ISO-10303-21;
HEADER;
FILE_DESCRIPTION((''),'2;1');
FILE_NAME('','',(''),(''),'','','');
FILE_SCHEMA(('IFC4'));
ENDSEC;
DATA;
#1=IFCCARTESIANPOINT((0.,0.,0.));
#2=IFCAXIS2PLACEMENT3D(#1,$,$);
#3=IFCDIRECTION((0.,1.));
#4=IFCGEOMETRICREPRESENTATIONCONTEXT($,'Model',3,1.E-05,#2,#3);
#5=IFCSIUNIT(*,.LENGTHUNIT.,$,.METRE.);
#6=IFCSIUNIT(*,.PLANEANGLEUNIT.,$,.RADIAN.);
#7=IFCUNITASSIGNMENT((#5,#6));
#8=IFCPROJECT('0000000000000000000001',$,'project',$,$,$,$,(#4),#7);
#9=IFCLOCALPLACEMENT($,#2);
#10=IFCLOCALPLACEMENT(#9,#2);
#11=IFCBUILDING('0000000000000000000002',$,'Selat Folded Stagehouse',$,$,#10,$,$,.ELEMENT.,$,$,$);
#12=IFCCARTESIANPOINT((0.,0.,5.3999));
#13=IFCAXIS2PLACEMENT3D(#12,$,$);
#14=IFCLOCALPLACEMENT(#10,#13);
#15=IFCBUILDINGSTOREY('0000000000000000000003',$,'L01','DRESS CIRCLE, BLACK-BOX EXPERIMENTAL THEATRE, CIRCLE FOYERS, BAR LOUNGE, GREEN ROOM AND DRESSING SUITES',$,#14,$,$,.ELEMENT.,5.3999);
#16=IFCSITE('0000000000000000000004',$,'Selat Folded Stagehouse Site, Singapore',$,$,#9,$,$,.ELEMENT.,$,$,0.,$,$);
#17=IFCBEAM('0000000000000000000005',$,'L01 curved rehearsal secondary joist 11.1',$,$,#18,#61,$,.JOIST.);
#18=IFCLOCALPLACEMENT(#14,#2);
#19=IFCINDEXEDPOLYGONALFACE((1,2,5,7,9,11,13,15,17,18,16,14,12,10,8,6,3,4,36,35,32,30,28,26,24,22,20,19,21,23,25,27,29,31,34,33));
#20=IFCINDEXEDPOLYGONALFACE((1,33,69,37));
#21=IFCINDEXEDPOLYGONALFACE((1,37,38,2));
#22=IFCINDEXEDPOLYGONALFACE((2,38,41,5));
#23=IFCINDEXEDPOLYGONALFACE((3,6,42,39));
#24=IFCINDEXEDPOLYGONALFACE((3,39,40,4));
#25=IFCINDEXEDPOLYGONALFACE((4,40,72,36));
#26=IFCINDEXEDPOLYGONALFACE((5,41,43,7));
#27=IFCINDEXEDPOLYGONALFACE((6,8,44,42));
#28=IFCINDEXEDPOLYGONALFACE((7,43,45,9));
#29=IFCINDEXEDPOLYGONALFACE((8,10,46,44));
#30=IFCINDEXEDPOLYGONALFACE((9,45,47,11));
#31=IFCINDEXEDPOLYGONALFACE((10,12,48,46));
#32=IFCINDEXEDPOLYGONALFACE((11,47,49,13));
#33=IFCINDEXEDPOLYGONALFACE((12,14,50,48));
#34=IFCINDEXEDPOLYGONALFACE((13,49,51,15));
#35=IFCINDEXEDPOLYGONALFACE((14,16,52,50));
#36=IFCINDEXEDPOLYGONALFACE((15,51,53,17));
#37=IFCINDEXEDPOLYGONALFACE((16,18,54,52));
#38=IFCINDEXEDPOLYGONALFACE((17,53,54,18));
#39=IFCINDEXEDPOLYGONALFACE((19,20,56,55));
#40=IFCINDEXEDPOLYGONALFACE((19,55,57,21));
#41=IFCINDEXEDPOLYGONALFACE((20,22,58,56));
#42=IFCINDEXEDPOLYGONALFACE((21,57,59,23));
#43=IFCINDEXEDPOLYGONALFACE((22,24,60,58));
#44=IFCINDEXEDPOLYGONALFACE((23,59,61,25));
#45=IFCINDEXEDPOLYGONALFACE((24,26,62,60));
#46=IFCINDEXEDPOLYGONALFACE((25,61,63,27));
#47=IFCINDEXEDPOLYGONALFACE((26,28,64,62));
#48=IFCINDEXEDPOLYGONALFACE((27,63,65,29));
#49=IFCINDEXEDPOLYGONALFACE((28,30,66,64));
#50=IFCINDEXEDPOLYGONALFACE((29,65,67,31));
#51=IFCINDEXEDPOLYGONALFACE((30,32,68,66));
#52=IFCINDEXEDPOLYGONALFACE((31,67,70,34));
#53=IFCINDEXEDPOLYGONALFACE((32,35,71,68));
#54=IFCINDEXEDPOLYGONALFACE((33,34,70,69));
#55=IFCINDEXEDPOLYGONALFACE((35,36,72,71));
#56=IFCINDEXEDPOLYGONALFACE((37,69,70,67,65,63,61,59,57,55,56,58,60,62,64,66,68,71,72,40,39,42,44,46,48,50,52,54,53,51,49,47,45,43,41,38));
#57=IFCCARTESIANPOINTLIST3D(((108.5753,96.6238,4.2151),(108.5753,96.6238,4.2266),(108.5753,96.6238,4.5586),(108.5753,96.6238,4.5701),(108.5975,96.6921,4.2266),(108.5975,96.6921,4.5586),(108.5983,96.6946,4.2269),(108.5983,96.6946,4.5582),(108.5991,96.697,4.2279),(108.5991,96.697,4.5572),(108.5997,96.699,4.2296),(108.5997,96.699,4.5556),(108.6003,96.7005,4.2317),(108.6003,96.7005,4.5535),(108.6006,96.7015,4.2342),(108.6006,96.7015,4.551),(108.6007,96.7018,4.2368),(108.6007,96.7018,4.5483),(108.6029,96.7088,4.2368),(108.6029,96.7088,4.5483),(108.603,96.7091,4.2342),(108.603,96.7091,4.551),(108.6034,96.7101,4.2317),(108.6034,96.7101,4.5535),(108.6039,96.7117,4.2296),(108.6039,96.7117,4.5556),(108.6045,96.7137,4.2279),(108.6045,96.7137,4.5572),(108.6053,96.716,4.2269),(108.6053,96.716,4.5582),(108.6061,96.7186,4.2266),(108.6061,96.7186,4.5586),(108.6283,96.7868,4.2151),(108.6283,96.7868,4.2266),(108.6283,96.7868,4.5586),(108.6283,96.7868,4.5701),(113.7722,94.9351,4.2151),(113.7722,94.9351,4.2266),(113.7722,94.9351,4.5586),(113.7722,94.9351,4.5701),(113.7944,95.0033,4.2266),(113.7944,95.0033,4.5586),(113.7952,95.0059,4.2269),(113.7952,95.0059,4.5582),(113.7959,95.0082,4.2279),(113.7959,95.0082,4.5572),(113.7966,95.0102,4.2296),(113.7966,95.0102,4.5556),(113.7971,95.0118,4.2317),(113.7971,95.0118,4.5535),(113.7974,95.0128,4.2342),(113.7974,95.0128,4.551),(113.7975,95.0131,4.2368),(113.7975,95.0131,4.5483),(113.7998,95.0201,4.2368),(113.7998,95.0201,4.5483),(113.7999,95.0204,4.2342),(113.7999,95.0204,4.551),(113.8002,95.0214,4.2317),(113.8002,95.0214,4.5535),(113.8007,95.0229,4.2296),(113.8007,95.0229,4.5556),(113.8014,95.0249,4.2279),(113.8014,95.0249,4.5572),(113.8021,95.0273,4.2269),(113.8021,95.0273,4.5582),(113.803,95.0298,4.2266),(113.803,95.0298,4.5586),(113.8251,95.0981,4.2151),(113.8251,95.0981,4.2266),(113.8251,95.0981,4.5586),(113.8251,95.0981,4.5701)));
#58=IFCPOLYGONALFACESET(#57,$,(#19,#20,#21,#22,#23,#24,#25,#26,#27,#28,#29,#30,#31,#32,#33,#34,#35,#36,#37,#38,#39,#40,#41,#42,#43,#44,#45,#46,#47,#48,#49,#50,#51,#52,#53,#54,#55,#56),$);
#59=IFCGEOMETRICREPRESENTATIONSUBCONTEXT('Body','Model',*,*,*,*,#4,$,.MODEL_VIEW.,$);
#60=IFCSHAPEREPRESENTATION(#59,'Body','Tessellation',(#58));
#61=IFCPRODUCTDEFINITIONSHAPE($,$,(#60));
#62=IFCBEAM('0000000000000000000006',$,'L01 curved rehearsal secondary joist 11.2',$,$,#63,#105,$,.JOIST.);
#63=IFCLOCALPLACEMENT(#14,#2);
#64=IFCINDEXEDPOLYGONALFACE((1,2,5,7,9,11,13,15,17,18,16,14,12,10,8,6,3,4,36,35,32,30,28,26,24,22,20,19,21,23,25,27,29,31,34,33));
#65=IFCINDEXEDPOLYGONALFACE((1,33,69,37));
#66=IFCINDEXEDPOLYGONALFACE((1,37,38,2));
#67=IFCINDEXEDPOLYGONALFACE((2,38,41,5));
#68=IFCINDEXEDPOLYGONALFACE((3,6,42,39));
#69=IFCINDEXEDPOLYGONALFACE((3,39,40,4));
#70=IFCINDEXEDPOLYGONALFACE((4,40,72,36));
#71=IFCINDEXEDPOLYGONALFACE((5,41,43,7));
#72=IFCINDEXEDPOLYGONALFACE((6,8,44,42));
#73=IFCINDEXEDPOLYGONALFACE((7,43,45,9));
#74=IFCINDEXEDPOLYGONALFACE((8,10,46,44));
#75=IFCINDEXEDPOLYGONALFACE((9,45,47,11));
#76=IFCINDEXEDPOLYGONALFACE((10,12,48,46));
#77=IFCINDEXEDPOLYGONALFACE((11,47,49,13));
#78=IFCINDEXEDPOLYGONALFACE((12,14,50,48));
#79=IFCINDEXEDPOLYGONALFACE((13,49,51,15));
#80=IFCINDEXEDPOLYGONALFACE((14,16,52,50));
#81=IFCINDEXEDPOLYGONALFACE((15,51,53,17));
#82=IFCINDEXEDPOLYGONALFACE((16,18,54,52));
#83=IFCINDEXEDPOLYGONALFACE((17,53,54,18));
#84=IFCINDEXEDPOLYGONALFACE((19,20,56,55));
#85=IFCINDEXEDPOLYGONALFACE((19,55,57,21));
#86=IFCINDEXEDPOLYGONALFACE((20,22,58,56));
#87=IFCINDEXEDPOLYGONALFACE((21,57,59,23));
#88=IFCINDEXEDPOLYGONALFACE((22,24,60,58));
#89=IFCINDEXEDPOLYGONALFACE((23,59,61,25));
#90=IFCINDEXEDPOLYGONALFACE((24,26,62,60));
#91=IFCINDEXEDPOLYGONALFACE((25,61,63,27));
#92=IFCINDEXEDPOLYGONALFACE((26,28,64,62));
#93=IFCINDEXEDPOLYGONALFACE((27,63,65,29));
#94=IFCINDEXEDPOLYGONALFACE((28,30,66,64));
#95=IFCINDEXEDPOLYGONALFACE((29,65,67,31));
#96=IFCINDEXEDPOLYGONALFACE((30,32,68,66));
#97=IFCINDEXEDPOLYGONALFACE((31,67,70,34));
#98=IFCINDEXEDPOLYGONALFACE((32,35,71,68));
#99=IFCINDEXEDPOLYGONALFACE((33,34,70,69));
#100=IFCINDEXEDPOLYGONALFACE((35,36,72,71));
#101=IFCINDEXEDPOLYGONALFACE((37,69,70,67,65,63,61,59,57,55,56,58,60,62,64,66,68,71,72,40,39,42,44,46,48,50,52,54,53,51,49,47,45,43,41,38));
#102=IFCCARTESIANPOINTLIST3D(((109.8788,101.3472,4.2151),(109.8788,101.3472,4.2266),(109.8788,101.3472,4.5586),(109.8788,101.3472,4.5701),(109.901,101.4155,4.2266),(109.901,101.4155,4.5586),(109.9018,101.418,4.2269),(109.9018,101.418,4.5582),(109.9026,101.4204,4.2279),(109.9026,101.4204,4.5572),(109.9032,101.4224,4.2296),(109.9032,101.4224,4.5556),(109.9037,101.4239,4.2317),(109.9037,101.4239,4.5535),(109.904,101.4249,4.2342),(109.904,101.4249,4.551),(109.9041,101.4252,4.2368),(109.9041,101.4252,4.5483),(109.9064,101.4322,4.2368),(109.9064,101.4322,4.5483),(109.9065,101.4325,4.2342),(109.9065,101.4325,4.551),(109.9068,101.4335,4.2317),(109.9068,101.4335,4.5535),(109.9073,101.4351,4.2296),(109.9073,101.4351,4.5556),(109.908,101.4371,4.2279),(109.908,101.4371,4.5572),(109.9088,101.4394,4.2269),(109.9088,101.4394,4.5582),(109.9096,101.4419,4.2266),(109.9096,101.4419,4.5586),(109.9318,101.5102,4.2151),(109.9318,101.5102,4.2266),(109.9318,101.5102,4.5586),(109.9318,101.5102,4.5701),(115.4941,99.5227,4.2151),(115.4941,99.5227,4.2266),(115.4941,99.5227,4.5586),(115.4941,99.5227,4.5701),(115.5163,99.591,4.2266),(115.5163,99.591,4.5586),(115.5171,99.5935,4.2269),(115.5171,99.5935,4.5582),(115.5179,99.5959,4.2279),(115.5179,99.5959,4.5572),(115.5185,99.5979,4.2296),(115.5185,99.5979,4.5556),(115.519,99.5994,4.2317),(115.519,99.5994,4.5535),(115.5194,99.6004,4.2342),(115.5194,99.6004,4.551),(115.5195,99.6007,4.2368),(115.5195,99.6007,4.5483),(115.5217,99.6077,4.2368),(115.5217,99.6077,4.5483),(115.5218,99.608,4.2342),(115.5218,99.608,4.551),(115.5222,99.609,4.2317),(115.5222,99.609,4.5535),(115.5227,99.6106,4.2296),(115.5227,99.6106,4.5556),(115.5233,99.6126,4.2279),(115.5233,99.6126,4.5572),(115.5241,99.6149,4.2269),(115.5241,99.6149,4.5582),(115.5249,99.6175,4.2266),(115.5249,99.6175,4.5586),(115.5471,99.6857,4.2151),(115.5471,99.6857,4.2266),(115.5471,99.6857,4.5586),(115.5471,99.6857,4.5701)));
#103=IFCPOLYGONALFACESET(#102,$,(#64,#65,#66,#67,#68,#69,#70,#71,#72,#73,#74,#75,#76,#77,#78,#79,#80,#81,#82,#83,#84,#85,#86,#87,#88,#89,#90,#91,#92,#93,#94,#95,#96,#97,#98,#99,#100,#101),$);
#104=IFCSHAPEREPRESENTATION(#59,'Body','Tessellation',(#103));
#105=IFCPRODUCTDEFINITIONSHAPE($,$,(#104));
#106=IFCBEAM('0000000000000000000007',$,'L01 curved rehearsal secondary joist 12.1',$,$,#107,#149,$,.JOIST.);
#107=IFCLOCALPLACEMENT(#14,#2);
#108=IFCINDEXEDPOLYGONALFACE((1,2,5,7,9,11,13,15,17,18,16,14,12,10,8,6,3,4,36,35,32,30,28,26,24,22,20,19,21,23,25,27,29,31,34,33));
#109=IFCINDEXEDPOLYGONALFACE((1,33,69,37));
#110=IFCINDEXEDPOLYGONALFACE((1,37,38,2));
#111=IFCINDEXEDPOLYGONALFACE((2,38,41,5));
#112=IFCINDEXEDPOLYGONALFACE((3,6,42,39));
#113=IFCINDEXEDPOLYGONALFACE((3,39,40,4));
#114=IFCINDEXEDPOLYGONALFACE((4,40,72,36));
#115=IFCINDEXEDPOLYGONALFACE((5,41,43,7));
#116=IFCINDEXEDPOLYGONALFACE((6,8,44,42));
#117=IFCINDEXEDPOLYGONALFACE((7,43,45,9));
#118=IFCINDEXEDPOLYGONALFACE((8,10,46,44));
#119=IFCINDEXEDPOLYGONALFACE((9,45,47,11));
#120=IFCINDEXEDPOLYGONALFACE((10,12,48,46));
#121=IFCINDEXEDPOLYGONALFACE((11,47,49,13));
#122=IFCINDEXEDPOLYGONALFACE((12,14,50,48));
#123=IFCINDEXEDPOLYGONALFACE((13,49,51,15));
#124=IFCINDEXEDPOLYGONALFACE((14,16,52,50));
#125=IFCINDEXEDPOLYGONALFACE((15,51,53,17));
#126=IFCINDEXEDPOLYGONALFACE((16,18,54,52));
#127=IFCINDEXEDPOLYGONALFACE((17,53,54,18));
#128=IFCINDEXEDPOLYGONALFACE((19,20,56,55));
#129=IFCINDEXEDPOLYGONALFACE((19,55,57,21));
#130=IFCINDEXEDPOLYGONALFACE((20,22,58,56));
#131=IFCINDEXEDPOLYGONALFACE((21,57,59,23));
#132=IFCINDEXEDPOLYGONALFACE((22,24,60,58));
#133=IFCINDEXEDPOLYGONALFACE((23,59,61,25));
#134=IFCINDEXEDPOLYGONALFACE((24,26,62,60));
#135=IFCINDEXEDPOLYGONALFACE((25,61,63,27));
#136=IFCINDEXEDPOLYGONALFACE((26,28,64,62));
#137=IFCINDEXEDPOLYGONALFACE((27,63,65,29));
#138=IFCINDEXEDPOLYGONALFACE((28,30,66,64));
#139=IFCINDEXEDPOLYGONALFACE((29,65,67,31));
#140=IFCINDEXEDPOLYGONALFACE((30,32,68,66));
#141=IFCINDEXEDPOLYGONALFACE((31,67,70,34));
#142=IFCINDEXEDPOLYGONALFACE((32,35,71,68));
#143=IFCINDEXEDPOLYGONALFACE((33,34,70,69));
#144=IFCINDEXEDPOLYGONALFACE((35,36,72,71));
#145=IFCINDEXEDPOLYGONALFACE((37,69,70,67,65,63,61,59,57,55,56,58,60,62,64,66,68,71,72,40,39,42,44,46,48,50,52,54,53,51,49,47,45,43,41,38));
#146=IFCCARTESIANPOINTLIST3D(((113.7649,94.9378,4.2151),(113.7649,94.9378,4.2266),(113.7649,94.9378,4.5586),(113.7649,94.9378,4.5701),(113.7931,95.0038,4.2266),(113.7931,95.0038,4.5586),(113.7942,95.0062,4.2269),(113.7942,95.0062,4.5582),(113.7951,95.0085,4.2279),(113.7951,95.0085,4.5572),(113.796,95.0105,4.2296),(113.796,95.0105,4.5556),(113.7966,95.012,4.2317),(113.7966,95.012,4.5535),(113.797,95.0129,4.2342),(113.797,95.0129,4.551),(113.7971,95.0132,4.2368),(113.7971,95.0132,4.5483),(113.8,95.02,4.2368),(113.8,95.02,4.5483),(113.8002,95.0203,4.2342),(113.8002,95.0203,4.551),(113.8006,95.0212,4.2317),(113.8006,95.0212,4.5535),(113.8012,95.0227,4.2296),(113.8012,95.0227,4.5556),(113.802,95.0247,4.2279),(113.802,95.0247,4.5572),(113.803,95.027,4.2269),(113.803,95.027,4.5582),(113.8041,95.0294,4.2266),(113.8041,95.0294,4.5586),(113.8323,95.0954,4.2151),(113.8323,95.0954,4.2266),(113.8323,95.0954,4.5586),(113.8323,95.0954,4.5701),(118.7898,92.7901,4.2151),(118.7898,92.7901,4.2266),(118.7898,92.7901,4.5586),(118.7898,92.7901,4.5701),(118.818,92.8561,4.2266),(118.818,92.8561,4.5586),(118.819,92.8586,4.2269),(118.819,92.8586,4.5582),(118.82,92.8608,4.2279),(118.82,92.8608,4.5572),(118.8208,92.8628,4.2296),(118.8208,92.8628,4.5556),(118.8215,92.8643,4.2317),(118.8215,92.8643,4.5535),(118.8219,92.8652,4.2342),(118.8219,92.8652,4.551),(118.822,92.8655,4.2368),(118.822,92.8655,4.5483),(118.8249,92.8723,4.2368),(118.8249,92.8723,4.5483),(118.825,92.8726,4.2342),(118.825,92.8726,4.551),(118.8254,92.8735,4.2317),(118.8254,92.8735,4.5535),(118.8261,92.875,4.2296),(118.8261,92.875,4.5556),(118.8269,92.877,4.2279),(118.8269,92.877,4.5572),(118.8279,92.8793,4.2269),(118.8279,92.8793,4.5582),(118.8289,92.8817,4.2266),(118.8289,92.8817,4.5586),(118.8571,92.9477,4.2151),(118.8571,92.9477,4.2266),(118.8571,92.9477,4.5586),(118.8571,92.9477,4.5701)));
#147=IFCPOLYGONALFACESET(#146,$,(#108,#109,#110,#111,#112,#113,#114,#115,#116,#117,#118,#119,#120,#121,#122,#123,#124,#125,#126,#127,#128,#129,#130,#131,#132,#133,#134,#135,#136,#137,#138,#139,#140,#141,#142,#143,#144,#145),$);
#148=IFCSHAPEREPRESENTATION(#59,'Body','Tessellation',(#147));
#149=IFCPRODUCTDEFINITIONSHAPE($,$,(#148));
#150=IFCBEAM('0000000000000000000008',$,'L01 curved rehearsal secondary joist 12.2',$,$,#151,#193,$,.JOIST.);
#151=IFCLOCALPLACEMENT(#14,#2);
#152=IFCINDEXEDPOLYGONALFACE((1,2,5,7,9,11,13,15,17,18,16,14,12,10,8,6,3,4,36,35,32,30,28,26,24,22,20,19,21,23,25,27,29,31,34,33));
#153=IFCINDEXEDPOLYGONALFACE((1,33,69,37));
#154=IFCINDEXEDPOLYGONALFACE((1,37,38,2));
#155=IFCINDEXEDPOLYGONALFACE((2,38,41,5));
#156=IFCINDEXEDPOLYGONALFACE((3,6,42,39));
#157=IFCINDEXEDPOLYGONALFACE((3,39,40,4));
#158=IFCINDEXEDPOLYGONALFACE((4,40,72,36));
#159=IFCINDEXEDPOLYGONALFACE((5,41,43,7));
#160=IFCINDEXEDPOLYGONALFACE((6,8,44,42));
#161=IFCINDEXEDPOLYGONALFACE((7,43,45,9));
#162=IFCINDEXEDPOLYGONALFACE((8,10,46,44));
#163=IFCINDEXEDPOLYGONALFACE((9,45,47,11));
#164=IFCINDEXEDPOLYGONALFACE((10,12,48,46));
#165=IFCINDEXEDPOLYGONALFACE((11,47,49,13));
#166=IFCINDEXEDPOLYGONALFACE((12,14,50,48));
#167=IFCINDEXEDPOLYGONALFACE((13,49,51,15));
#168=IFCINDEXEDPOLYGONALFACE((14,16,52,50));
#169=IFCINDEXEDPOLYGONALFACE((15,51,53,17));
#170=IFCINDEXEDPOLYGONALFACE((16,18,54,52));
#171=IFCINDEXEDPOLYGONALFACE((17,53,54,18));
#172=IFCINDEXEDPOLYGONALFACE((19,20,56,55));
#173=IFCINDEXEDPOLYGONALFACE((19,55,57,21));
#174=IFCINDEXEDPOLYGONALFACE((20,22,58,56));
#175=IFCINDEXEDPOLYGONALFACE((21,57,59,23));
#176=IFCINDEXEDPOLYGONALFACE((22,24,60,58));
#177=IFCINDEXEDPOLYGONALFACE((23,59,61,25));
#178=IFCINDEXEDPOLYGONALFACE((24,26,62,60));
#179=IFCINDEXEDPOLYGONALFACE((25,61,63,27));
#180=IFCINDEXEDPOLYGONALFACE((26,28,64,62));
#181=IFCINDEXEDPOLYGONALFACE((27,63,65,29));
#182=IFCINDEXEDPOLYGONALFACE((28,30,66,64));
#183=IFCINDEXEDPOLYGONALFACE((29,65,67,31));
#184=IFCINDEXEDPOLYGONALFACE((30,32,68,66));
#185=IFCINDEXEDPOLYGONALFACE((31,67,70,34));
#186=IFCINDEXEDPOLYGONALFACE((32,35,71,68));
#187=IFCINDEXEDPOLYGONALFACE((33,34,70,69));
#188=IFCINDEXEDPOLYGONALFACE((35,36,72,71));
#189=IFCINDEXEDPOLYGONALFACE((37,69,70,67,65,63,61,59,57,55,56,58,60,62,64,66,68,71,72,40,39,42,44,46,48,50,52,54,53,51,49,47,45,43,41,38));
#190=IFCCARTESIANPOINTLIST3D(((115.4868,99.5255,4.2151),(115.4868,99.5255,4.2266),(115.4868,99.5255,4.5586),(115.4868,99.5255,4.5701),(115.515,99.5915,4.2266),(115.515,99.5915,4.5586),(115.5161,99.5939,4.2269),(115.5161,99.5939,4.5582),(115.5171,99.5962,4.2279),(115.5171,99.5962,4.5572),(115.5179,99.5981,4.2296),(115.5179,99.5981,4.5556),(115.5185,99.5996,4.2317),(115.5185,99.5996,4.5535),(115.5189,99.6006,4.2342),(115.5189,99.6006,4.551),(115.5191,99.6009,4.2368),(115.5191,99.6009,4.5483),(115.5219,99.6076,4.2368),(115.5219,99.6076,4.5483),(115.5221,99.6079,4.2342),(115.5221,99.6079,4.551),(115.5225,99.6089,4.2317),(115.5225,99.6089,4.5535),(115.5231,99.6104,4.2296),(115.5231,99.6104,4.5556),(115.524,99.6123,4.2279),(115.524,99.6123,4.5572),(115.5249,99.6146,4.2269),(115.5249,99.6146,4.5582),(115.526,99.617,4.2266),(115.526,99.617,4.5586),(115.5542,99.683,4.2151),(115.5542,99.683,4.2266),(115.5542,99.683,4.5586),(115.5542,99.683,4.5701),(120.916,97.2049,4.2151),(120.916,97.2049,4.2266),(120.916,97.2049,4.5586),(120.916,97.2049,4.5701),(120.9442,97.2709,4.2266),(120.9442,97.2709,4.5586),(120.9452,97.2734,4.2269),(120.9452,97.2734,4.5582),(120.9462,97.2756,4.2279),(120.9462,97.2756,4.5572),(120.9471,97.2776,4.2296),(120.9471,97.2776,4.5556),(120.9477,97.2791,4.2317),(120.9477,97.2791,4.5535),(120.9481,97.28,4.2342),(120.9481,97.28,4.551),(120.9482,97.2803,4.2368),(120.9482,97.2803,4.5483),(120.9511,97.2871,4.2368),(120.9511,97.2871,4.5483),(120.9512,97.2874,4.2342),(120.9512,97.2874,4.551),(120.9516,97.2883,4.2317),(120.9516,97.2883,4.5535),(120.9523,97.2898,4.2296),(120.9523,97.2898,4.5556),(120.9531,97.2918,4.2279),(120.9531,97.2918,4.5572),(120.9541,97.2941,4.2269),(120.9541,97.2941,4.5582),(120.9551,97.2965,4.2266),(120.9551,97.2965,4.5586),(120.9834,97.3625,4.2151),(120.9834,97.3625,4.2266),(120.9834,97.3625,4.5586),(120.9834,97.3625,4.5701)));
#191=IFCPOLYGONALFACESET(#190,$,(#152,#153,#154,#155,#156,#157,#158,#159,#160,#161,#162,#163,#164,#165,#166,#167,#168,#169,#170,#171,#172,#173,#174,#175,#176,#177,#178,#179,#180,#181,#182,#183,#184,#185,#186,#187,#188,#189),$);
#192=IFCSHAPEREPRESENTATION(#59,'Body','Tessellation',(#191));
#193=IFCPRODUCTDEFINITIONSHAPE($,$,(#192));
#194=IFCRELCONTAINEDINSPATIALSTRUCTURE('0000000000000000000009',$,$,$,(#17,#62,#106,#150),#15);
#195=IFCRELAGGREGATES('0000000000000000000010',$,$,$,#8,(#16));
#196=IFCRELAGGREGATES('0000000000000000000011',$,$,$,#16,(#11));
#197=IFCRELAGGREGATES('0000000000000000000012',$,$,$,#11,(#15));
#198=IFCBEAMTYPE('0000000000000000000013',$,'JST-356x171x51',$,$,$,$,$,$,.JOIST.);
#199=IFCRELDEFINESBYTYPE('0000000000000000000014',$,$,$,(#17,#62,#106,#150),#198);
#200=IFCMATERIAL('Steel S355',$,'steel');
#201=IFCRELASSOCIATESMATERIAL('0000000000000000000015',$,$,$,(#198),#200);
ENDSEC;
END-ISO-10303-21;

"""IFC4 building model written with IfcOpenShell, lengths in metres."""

from ifc_helpers import new_model, si_unit, direction, frame, origin, origin_2d, place, context, subcontext, project, spatial, i_section, extrude, material, material_profile, profile_set, type_object, element, save


model = new_model("IFC4")

# Units and contexts
model_context = context("Model", 3, precision=1e-05, world=origin(), true_north=direction((0.0, 1.0)))
body_context = subcontext(model_context, "Body", "Model", "MODEL_VIEW")
ifc_project = project(units=[si_unit("LENGTHUNIT", "METRE"), si_unit("PLANEANGLEUNIT", "RADIAN")], contexts=[model_context])

# Site, building, storey
site_placement = place(None, origin())
site = spatial("IfcSite", under=ifc_project, at=site_placement, Name="Selat Folded Stagehouse Site, Singapore", CompositionType="ELEMENT", RefElevation=0.0)
building_placement = place(site_placement, origin())
building = spatial("IfcBuilding", under=site, at=building_placement, Name="Selat Folded Stagehouse", CompositionType="ELEMENT")
storey_placement = place(building_placement, frame((0.0, 0.0, 5.3999)))
storey = spatial("IfcBuildingStorey", under=building, at=storey_placement, Name="L01", Description="DRESS CIRCLE, BLACK-BOX EXPERIMENTAL THEATRE, CIRCLE FOYERS, BAR LOUNGE, GREEN ROOM AND DRESSING SUITES", CompositionType="ELEMENT", Elevation=5.3999)

# Shared definitions
ifc_material_1 = material(Name="Steel S355", Category="steel")

# Beams
ifc_material_profile_1 = material_profile(ifc_material_1, i_section(OverallWidth=0.1714, OverallDepth=0.355, WebThickness=0.0073, FlangeThickness=0.0115, FilletRadius=0.0103, at=origin_2d()), Name="UKB 356x171x51")
ifc_profile_set_1 = profile_set([ifc_material_profile_1], Name="Steel S355")
beam_type_1 = type_object("IfcBeamType", Name="JST-356x171x51", PredefinedType="JOIST", material=ifc_profile_set_1)
beam_1_placement = place(storey_placement, frame((108.6018, 96.7053, 4.3926), z_axis=(0.951047, -0.309048, 0.0), x_axis=(0.309048, 0.951047, 0.0)))
element("IfcBeam", 1, at=beam_1_placement, inside=storey, type_object=beam_type_1, Name="L01 curved rehearsal secondary joist 11.1", PredefinedType="JOIST", context=body_context, shape_type="SweptSolid", body=[
    extrude(i_section(OverallWidth=0.1714, OverallDepth=0.355, WebThickness=0.0073, FlangeThickness=0.0115, FilletRadius=0.0103, at=origin_2d()), origin(), (0.0, 0.0, 1.0), 5.4644),
])
beam_2_placement = place(storey_placement, frame((109.9053, 101.4287, 4.3926), z_axis=(0.951058, -0.309011, 0.0), x_axis=(0.309011, 0.951058, 0.0)))
element("IfcBeam", 2, at=beam_2_placement, inside=storey, type_object=beam_type_1, Name="L01 curved rehearsal secondary joist 11.2", PredefinedType="JOIST", context=body_context, shape_type="SweptSolid", body=[
    extrude(i_section(OverallWidth=0.1714, OverallDepth=0.355, WebThickness=0.0073, FlangeThickness=0.0115, FilletRadius=0.0103, at=origin_2d()), origin(), (0.0, 0.0, 1.0), 5.9043),
])
beam_3_placement = place(storey_placement, frame((113.7986, 95.0166, 4.3926), z_axis=(0.919531, -0.393019, 0.0), x_axis=(0.393019, 0.919531, 0.0)))
element("IfcBeam", 3, at=beam_3_placement, inside=storey, type_object=beam_type_1, Name="L01 curved rehearsal secondary joist 12.1", PredefinedType="JOIST", context=body_context, shape_type="SweptSolid", body=[
    extrude(i_section(OverallWidth=0.1714, OverallDepth=0.355, WebThickness=0.0073, FlangeThickness=0.0115, FilletRadius=0.0103, at=origin_2d()), origin(), (0.0, 0.0, 1.0), 5.4646),
])
beam_4_placement = place(storey_placement, frame((115.5205, 99.6042, 4.3926), z_axis=(0.919527, -0.393026, 0.0), x_axis=(0.393026, 0.919527, 0.0)))
element("IfcBeam", 4, at=beam_4_placement, inside=storey, type_object=beam_type_1, Name="L01 curved rehearsal secondary joist 12.2", PredefinedType="JOIST", context=body_context, shape_type="SweptSolid", body=[
    extrude(i_section(OverallWidth=0.1714, OverallDepth=0.355, WebThickness=0.0073, FlangeThickness=0.0115, FilletRadius=0.0103, at=origin_2d()), origin(), (0.0, 0.0, 1.0), 5.9043),
])

save(model, "model.ifc")
